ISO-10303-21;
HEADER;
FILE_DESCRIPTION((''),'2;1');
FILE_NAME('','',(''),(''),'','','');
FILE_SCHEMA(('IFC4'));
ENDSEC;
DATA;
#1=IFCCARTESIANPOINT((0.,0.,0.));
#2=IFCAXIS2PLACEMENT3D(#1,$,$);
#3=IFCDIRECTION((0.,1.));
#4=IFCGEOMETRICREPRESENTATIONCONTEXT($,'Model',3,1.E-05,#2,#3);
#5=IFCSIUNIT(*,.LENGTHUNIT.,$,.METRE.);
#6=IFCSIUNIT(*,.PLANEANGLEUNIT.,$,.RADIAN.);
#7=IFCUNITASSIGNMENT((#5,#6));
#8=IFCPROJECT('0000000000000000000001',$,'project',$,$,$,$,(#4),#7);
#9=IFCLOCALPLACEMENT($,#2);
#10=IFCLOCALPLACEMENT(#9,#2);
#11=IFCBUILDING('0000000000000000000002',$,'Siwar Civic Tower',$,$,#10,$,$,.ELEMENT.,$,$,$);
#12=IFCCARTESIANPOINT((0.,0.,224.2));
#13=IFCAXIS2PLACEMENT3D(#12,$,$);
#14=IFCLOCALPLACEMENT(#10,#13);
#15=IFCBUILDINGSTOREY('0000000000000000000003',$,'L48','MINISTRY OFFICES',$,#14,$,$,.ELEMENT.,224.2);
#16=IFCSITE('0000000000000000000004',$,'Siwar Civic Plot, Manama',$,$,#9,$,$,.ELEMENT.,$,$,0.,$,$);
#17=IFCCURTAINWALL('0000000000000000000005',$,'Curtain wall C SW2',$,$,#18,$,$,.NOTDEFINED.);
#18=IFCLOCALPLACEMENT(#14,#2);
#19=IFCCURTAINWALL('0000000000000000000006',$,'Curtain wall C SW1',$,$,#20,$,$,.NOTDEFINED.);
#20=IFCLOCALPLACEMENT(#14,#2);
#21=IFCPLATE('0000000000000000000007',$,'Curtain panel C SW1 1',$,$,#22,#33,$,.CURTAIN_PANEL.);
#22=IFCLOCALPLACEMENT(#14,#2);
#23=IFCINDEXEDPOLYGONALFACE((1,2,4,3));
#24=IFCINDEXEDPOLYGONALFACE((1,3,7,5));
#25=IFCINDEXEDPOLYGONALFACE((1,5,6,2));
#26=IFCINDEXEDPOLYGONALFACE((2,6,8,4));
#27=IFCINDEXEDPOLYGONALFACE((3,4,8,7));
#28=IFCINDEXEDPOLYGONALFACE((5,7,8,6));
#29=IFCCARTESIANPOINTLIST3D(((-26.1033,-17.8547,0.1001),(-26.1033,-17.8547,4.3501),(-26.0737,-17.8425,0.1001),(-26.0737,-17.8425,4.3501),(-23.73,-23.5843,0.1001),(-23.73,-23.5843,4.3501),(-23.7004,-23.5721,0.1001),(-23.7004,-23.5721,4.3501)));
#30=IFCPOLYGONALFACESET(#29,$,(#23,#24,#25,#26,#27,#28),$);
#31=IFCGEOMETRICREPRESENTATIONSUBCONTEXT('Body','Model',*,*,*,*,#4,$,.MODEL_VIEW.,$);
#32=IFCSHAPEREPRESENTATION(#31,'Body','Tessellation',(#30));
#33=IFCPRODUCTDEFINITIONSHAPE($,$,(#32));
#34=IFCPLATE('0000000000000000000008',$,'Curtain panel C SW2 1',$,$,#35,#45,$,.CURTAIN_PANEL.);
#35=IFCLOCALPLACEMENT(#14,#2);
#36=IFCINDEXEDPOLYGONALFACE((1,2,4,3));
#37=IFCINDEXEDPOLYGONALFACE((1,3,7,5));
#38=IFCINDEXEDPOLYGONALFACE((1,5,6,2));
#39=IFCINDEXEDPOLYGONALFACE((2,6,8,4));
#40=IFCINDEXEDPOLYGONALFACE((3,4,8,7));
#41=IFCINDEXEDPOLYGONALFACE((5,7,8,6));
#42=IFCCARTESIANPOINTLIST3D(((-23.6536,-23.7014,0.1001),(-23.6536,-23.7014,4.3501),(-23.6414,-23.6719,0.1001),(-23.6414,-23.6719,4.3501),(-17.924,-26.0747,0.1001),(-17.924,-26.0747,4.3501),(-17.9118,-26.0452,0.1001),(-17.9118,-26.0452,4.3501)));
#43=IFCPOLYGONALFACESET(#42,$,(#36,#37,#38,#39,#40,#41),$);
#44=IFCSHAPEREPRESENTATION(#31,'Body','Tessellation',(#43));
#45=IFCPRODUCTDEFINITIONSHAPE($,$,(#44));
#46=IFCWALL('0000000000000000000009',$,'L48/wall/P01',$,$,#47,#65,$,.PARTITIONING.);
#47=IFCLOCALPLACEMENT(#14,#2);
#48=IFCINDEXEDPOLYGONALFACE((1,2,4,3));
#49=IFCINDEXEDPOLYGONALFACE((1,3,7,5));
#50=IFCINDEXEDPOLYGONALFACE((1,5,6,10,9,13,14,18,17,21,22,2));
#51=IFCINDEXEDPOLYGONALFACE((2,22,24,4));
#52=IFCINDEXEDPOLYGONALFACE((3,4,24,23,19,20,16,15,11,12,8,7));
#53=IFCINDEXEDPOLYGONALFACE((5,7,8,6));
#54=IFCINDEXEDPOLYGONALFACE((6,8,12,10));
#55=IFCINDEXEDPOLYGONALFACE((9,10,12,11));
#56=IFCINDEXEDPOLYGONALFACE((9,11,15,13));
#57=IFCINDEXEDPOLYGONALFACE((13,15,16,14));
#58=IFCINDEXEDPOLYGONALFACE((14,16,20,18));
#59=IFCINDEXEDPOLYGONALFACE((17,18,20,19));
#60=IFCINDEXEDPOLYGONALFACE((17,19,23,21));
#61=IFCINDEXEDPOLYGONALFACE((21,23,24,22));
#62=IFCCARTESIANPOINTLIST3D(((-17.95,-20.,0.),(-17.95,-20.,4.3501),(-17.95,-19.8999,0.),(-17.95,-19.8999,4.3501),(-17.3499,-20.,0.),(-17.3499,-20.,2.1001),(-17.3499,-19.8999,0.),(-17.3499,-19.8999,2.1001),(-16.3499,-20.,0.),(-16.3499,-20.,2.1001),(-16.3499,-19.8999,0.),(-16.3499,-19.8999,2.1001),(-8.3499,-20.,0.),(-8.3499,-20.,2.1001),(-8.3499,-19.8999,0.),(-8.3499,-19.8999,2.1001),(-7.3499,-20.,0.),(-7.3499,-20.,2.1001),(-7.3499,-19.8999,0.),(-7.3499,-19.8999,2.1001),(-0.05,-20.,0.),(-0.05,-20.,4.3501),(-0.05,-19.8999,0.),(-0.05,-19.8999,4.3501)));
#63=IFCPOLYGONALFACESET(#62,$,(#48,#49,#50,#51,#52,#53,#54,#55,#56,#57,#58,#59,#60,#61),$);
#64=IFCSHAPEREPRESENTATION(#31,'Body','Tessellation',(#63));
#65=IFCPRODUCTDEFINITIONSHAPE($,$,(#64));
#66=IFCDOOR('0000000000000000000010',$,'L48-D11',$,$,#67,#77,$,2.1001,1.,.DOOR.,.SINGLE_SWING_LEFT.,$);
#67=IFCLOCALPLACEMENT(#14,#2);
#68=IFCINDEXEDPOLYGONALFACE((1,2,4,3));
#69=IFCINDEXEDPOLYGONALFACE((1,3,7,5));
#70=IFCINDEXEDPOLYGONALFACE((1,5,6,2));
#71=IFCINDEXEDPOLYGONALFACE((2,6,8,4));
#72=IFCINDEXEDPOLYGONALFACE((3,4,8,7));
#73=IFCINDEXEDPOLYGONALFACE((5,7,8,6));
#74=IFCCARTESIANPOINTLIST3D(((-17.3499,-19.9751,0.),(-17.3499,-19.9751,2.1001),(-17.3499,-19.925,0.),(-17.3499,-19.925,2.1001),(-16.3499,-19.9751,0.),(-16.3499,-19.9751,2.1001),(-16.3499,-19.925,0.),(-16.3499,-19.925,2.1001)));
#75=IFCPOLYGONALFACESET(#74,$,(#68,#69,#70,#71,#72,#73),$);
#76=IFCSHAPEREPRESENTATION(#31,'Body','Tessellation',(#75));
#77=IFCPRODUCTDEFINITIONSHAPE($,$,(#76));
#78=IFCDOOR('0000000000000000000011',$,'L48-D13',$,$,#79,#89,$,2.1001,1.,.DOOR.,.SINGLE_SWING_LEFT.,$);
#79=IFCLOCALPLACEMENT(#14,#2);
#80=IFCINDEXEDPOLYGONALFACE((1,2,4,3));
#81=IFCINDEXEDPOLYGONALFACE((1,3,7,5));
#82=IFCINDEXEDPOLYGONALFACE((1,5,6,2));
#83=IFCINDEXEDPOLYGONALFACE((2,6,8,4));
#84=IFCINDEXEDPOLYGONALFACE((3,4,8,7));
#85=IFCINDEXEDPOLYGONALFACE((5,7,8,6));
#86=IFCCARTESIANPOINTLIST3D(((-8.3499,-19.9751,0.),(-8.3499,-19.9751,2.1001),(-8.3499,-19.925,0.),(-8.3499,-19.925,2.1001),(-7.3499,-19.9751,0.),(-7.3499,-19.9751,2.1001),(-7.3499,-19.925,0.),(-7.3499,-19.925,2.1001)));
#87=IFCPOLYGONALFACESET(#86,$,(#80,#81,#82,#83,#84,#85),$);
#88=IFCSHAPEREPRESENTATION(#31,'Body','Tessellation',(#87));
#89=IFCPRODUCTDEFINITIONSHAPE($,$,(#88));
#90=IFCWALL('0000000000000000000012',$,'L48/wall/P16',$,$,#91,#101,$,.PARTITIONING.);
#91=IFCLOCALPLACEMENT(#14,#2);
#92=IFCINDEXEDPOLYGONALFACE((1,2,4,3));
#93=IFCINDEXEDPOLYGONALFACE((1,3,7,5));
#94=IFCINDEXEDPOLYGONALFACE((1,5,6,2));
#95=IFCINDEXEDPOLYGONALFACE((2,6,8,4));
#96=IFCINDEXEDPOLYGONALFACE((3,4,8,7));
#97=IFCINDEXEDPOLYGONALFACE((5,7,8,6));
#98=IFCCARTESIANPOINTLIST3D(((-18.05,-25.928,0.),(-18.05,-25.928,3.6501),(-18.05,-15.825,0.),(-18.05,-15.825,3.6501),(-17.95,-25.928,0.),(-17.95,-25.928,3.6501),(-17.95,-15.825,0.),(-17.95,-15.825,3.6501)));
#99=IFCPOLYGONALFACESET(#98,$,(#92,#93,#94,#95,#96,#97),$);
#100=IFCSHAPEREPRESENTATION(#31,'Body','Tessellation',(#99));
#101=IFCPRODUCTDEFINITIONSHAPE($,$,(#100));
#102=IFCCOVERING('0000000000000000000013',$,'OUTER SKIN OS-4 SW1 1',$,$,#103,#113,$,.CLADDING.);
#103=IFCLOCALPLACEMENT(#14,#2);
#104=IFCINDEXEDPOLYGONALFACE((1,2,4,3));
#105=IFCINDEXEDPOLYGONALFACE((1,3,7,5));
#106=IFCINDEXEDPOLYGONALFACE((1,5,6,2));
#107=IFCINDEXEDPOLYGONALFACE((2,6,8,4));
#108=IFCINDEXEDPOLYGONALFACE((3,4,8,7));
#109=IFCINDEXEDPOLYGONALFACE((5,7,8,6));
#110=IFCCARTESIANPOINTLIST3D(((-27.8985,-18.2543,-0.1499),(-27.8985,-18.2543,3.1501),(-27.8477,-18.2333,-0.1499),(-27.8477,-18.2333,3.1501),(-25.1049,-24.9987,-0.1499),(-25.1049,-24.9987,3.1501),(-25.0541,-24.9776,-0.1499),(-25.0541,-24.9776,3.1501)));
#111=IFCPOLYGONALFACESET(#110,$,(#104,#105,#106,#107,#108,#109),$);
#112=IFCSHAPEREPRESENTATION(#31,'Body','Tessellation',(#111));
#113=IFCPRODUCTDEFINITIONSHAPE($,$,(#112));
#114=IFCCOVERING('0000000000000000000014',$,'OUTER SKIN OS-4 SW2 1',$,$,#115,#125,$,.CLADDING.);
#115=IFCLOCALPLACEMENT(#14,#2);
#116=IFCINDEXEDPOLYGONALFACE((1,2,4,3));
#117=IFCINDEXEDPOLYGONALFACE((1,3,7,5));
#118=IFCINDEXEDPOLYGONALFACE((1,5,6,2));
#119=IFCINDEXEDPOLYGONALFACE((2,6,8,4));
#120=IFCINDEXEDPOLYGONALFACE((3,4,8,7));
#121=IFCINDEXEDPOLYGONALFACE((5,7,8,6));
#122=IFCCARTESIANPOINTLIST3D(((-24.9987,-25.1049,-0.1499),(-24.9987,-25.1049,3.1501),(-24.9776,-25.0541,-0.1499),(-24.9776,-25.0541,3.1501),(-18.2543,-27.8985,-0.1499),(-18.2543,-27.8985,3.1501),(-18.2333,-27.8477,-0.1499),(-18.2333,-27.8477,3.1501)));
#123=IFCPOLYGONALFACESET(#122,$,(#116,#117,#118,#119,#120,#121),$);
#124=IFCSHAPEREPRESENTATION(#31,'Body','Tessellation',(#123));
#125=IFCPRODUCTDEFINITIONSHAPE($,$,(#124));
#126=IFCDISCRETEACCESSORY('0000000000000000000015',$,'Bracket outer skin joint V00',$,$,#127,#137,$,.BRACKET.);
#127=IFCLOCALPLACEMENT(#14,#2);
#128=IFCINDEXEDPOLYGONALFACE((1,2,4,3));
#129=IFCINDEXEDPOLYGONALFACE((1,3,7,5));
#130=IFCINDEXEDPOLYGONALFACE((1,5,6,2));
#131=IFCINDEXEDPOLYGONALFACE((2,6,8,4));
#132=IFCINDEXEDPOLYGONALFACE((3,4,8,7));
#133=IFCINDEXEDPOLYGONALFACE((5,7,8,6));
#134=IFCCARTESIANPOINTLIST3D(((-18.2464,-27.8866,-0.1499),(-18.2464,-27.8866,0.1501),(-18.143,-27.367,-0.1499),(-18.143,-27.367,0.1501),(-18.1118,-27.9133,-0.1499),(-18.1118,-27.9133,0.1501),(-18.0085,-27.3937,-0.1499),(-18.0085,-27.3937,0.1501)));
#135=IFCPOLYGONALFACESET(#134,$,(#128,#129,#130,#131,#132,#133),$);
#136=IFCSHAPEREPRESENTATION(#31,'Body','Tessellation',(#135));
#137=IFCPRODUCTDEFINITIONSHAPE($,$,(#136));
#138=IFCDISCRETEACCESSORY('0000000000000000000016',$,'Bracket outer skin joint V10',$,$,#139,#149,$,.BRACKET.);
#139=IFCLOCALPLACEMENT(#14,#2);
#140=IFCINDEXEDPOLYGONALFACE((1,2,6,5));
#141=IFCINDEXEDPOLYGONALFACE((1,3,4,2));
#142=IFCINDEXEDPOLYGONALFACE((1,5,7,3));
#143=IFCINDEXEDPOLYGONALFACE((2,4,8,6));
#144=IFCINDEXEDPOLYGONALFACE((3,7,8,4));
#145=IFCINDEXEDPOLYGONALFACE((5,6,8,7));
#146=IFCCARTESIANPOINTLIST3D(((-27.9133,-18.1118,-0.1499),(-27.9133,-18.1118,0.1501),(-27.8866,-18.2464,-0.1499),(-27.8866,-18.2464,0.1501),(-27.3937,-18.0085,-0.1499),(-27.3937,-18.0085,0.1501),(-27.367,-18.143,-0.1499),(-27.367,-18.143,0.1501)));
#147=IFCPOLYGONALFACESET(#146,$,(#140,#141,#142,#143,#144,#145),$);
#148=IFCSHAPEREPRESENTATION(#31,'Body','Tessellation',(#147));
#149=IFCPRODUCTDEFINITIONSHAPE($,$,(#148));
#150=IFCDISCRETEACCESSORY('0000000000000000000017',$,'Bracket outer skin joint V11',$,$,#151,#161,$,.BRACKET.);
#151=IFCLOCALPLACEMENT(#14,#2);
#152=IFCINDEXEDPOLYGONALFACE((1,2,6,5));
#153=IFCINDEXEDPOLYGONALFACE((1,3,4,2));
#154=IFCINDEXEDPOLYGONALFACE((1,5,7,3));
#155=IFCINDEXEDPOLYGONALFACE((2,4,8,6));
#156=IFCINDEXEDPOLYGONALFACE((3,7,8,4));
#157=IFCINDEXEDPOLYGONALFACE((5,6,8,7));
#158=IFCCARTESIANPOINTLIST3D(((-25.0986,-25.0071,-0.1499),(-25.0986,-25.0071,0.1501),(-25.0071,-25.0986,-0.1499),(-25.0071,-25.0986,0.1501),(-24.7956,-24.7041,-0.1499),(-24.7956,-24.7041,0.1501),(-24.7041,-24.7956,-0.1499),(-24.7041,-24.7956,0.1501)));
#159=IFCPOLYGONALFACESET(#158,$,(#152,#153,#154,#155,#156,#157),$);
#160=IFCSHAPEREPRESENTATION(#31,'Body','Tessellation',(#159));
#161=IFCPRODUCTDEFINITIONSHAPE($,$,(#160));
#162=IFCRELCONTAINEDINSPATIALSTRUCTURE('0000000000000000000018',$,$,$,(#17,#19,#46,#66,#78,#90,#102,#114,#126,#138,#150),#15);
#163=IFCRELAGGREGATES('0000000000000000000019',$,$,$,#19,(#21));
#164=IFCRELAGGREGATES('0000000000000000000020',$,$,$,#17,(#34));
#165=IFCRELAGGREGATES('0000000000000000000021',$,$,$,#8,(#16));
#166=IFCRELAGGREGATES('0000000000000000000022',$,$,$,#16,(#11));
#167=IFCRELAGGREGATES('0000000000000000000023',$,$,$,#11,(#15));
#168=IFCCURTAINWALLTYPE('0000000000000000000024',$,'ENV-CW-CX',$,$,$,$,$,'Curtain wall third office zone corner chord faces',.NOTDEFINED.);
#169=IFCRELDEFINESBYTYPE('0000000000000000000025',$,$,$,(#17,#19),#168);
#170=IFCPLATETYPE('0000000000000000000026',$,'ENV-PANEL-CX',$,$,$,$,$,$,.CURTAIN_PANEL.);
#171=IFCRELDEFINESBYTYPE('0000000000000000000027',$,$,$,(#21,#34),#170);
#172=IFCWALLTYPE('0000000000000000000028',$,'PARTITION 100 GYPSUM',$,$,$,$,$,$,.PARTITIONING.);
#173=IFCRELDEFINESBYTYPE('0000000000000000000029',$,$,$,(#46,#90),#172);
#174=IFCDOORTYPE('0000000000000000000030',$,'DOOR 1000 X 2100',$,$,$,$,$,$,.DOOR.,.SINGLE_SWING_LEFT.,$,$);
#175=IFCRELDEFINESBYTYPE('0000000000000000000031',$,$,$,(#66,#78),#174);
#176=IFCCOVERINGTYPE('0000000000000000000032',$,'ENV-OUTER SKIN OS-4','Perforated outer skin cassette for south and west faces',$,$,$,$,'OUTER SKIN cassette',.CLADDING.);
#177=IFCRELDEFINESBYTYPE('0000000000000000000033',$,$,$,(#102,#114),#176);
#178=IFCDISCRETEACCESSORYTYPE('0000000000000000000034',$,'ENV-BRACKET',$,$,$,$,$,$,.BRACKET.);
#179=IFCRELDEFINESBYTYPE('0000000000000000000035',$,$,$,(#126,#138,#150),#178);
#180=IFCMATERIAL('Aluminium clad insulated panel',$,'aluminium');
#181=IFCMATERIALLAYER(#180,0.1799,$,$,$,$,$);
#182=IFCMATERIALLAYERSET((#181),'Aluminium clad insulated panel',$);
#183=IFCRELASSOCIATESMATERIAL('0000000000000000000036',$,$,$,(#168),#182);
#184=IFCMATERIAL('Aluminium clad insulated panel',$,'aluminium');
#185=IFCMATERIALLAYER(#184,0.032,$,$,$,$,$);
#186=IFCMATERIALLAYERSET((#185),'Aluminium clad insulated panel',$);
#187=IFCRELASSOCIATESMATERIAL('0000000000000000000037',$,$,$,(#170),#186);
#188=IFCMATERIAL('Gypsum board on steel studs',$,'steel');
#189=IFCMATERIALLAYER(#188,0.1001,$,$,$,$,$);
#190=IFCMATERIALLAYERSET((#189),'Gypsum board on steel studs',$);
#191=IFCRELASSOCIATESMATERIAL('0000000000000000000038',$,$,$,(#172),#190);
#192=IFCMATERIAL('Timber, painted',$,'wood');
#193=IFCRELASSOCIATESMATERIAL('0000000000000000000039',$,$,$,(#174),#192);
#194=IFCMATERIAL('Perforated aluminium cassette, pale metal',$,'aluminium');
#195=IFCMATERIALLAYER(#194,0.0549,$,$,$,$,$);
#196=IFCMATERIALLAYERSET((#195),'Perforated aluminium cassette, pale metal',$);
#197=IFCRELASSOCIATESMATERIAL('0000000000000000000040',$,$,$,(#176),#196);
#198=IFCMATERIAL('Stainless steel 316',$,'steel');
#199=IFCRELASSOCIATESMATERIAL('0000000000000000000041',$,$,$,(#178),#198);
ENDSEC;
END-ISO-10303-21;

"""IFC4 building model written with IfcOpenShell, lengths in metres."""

from ifc_helpers import new_model, si_unit, direction, frame, frame_2d, origin, origin_2d, place, context, subcontext, project, spatial, rectangle, extrude, material, layer, layer_set, type_object, element, fill, aggregate, save


model = new_model("IFC4")

# Units and contexts
model_context = context("Model", 3, precision=1e-05, world=origin(), true_north=direction((0.0, 1.0)))
body_context = subcontext(model_context, "Body", "Model", "MODEL_VIEW")
ifc_project = project(units=[si_unit("LENGTHUNIT", "METRE"), si_unit("PLANEANGLEUNIT", "RADIAN")], contexts=[model_context])

# Site, building, storey
site_placement = place(None, origin())
site = spatial("IfcSite", under=ifc_project, at=site_placement, Name="Siwar Civic Plot, Manama", CompositionType="ELEMENT", RefElevation=0.0)
building_placement = place(site_placement, origin())
building = spatial("IfcBuilding", under=site, at=building_placement, Name="Siwar Civic Tower", CompositionType="ELEMENT")
storey_placement = place(building_placement, frame((0.0, 0.0, 224.2)))
storey = spatial("IfcBuildingStorey", under=building, at=storey_placement, Name="L48", Description="MINISTRY OFFICES", CompositionType="ELEMENT", Elevation=224.2)

# Curtain wall
ifc_material_1 = material(Name="Aluminium clad insulated panel", Category="aluminium")
ifc_layer_1 = layer(ifc_material_1, 0.1799)
ifc_layer_set_1 = layer_set([ifc_layer_1], Name="Aluminium clad insulated panel")
curtain_wall_type = type_object("IfcCurtainWallType", Name="ENV-CW-CX", ElementType="Curtain wall third office zone corner chord faces", PredefinedType="NOTDEFINED", material=ifc_layer_set_1)
curtain_wall_1_placement = place(storey_placement, origin())
curtain_wall_1 = element("IfcCurtainWall", 1, at=curtain_wall_1_placement, inside=storey, type_object=curtain_wall_type, Name="Curtain wall C SW2", PredefinedType="NOTDEFINED")

# Curtain wall, plate
curtain_wall_2_placement = place(storey_placement, origin())
curtain_wall_2 = element("IfcCurtainWall", 2, at=curtain_wall_2_placement, inside=storey, type_object=curtain_wall_type, Name="Curtain wall C SW1", PredefinedType="NOTDEFINED")
ifc_material_2 = material(Name="Aluminium clad insulated panel", Category="aluminium")
ifc_layer_2 = layer(ifc_material_2, 0.032)
ifc_layer_set_2 = layer_set([ifc_layer_2], Name="Aluminium clad insulated panel")
plate_type = type_object("IfcPlateType", Name="ENV-PANEL-CX", PredefinedType="CURTAIN_PANEL", material=ifc_layer_set_2)
plate_1_placement = place(storey_placement, frame((-24.9019, -20.7134, 0.1001), z_axis=(0.0, 0.0, 1.0), x_axis=(0.382683, -0.92388, 0.0)))
plate_1 = element("IfcPlate", 3, at=plate_1_placement, type_object=plate_type, Name="Curtain panel C SW1 1", PredefinedType="CURTAIN_PANEL", context=body_context, shape_type="SweptSolid", body=[
    extrude(rectangle(XDim=6.2017, YDim=0.032, at=origin_2d()), origin(), (0.0, 0.0, 1.0), 4.25),
])
aggregate(curtain_wall_2, [plate_1])

# Plate
plate_2_placement = place(storey_placement, frame((-20.7827, -24.8733, 0.1001), z_axis=(0.0, 0.0, 1.0), x_axis=(0.92388, -0.382683, 0.0)))
plate_2 = element("IfcPlate", 4, at=plate_2_placement, type_object=plate_type, Name="Curtain panel C SW2 1", PredefinedType="CURTAIN_PANEL", context=body_context, shape_type="SweptSolid", body=[
    extrude(rectangle(XDim=6.2017, YDim=0.032, at=origin_2d()), origin(), (0.0, 0.0, 1.0), 4.25),
])
aggregate(curtain_wall_1, [plate_2])

# Wall, openings, doors
ifc_material_3 = material(Name="Gypsum board on steel studs", Category="steel")
ifc_layer_3 = layer(ifc_material_3, 0.1001)
ifc_layer_set_3 = layer_set([ifc_layer_3], Name="Gypsum board on steel studs")
wall_type = type_object("IfcWallType", Name="PARTITION 100 GYPSUM", PredefinedType="PARTITIONING", material=ifc_layer_set_3)
wall_1_placement = place(storey_placement, frame((-17.95, -19.95, 0.0), z_axis=(0.0, 0.0, 1.0), x_axis=(1.0, 0.0, 0.0)))
wall_1 = element("IfcWall", 5, at=wall_1_placement, inside=storey, type_object=wall_type, Name="L48/wall/P01", PredefinedType="PARTITIONING", context=body_context, shape_type="SweptSolid", body=[
    extrude(rectangle(XDim=17.8999, YDim=0.1001, at=frame_2d((8.95, 0.0))), origin(), (0.0, 0.0, 1.0), 4.3501),
])
opening_1_placement = place(wall_1_placement, frame((0.6001, 0.0, 0.0)))
opening_1 = element("IfcOpeningElement", 6, at=opening_1_placement, cuts=wall_1, PredefinedType="OPENING", context=body_context, shape_type="SweptSolid", body=[
    extrude(rectangle(XDim=1.0, YDim=2.1001, at=frame_2d((0.5, 1.05))), frame((0.0, 0.0601, 0.0), z_axis=(0.0, -1.0, 0.0), x_axis=(1.0, 0.0, 0.0)), (0.0, 0.0, 1.0), 0.1201),
])
opening_2_placement = place(wall_1_placement, frame((9.6001, 0.0, 0.0)))
opening_2 = element("IfcOpeningElement", 7, at=opening_2_placement, cuts=wall_1, PredefinedType="OPENING", context=body_context, shape_type="SweptSolid", body=[
    extrude(rectangle(XDim=1.0, YDim=2.1001, at=frame_2d((0.5, 1.05))), frame((0.0, 0.0601, 0.0), z_axis=(0.0, -1.0, 0.0), x_axis=(1.0, 0.0, 0.0)), (0.0, 0.0, 1.0), 0.1201),
])
ifc_material_4 = material(Name="Timber, painted", Category="wood")
door_type = type_object("IfcDoorType", Name="DOOR 1000 X 2100", OperationType="SINGLE_SWING_LEFT", PredefinedType="DOOR", material=ifc_material_4)
door_1_placement = place(opening_1_placement, origin())
door_1 = element("IfcDoor", 8, at=door_1_placement, inside=storey, type_object=door_type, Name="L48-D11", OperationType="SINGLE_SWING_LEFT", OverallHeight=2.1001, OverallWidth=1.0, PredefinedType="DOOR", context=body_context, shape_type="SweptSolid", body=[
    extrude(rectangle(XDim=1.0, YDim=2.1001, at=frame_2d((0.5, 1.05))), frame((0.0, 0.0249, 0.0), z_axis=(0.0, -1.0, 0.0), x_axis=(1.0, 0.0, 0.0)), (0.0, 0.0, 1.0), 0.05),
])
fill(opening_1, door_1)
door_2_placement = place(opening_2_placement, origin())
door_2 = element("IfcDoor", 9, at=door_2_placement, inside=storey, type_object=door_type, Name="L48-D13", OperationType="SINGLE_SWING_LEFT", OverallHeight=2.1001, OverallWidth=1.0, PredefinedType="DOOR", context=body_context, shape_type="SweptSolid", body=[
    extrude(rectangle(XDim=1.0, YDim=2.1001, at=frame_2d((0.5, 1.05))), frame((0.0, 0.0249, 0.0), z_axis=(0.0, -1.0, 0.0), x_axis=(1.0, 0.0, 0.0)), (0.0, 0.0, 1.0), 0.05),
])
fill(opening_2, door_2)

# Wall
wall_2_placement = place(storey_placement, frame((-18.0, -25.928, 0.0), z_axis=(0.0, 0.0, 1.0), x_axis=(0.0, 1.0, 0.0)))
element("IfcWall", 10, at=wall_2_placement, inside=storey, type_object=wall_type, Name="L48/wall/P16", PredefinedType="PARTITIONING", context=body_context, shape_type="SweptSolid", body=[
    extrude(rectangle(XDim=10.103, YDim=0.1001, at=frame_2d((5.0515, 0.0))), origin(), (0.0, 0.0, 1.0), 3.6501),
])

# Coverings
ifc_material_5 = material(Name="Perforated aluminium cassette, pale metal", Category="aluminium")
ifc_layer_4 = layer(ifc_material_5, 0.0549)
ifc_layer_set_4 = layer_set([ifc_layer_4], Name="Perforated aluminium cassette, pale metal")
covering_type = type_object("IfcCoveringType", Name="ENV-OUTER SKIN OS-4", Description="Perforated outer skin cassette for south and west faces", ElementType="OUTER SKIN cassette", PredefinedType="CLADDING", material=ifc_layer_set_4)
for number, where, z_axis, x_axis, name in (
    (11, (-26.4763, -21.616, -0.1499), (0.0, 0.0, 1.0), (0.382683, -0.92388, 0.0), "OUTER SKIN OS-4 SW1 1"),
    (12, (-21.616, -26.4763, -0.1499), (0.0, 0.0, 1.0), (0.92388, -0.382683, 0.0), "OUTER SKIN OS-4 SW2 1"),
):
    element("IfcCovering", number, at=place(storey_placement, frame(where, z_axis=z_axis, x_axis=x_axis)), inside=storey, type_object=covering_type, Name=name, PredefinedType="CLADDING", context=body_context, shape_type="SweptSolid", body=[
        extrude(rectangle(XDim=7.3, YDim=0.0549, at=origin_2d()), origin(), (0.0, 0.0, 1.0), 3.3),
    ])

# Discrete accessories
ifc_material_6 = material(Name="Stainless steel 316", Category="steel")
discrete_accessory_type = type_object("IfcDiscreteAccessoryType", Name="ENV-BRACKET", PredefinedType="BRACKET", material=ifc_material_6)
for number, where, z_axis, x_axis, name in (
    (13, (-18.1274, -27.6401, -0.1499), (0.0, 0.0, 1.0), (-0.19509, -0.980785, 0.0), "Bracket outer skin joint V00"),
    (14, (-27.6401, -18.1274, -0.1499), (0.0, 0.0, 1.0), (-0.980785, -0.19509, 0.0), "Bracket outer skin joint V10"),
):
    element("IfcDiscreteAccessory", number, at=place(storey_placement, frame(where, z_axis=z_axis, x_axis=x_axis)), inside=storey, type_object=discrete_accessory_type, Name=name, PredefinedType="BRACKET", context=body_context, shape_type="SweptSolid", body=[
        extrude(rectangle(XDim=0.5298, YDim=0.1372, at=origin_2d()), origin(), (0.0, 0.0, 1.0), 0.3),
    ])
discrete_accessory_placement = place(storey_placement, frame((-24.9014, -24.9014, -0.1499), z_axis=(0.0, 0.0, 1.0), x_axis=(-0.707107, -0.707107, 0.0)))
element("IfcDiscreteAccessory", 15, at=discrete_accessory_placement, inside=storey, type_object=discrete_accessory_type, Name="Bracket outer skin joint V11", PredefinedType="BRACKET", context=body_context, shape_type="SweptSolid", body=[
    extrude(rectangle(XDim=0.4285, YDim=0.1294, at=origin_2d()), origin(), (0.0, 0.0, 1.0), 0.3),
])

save(model, "model.ifc")
